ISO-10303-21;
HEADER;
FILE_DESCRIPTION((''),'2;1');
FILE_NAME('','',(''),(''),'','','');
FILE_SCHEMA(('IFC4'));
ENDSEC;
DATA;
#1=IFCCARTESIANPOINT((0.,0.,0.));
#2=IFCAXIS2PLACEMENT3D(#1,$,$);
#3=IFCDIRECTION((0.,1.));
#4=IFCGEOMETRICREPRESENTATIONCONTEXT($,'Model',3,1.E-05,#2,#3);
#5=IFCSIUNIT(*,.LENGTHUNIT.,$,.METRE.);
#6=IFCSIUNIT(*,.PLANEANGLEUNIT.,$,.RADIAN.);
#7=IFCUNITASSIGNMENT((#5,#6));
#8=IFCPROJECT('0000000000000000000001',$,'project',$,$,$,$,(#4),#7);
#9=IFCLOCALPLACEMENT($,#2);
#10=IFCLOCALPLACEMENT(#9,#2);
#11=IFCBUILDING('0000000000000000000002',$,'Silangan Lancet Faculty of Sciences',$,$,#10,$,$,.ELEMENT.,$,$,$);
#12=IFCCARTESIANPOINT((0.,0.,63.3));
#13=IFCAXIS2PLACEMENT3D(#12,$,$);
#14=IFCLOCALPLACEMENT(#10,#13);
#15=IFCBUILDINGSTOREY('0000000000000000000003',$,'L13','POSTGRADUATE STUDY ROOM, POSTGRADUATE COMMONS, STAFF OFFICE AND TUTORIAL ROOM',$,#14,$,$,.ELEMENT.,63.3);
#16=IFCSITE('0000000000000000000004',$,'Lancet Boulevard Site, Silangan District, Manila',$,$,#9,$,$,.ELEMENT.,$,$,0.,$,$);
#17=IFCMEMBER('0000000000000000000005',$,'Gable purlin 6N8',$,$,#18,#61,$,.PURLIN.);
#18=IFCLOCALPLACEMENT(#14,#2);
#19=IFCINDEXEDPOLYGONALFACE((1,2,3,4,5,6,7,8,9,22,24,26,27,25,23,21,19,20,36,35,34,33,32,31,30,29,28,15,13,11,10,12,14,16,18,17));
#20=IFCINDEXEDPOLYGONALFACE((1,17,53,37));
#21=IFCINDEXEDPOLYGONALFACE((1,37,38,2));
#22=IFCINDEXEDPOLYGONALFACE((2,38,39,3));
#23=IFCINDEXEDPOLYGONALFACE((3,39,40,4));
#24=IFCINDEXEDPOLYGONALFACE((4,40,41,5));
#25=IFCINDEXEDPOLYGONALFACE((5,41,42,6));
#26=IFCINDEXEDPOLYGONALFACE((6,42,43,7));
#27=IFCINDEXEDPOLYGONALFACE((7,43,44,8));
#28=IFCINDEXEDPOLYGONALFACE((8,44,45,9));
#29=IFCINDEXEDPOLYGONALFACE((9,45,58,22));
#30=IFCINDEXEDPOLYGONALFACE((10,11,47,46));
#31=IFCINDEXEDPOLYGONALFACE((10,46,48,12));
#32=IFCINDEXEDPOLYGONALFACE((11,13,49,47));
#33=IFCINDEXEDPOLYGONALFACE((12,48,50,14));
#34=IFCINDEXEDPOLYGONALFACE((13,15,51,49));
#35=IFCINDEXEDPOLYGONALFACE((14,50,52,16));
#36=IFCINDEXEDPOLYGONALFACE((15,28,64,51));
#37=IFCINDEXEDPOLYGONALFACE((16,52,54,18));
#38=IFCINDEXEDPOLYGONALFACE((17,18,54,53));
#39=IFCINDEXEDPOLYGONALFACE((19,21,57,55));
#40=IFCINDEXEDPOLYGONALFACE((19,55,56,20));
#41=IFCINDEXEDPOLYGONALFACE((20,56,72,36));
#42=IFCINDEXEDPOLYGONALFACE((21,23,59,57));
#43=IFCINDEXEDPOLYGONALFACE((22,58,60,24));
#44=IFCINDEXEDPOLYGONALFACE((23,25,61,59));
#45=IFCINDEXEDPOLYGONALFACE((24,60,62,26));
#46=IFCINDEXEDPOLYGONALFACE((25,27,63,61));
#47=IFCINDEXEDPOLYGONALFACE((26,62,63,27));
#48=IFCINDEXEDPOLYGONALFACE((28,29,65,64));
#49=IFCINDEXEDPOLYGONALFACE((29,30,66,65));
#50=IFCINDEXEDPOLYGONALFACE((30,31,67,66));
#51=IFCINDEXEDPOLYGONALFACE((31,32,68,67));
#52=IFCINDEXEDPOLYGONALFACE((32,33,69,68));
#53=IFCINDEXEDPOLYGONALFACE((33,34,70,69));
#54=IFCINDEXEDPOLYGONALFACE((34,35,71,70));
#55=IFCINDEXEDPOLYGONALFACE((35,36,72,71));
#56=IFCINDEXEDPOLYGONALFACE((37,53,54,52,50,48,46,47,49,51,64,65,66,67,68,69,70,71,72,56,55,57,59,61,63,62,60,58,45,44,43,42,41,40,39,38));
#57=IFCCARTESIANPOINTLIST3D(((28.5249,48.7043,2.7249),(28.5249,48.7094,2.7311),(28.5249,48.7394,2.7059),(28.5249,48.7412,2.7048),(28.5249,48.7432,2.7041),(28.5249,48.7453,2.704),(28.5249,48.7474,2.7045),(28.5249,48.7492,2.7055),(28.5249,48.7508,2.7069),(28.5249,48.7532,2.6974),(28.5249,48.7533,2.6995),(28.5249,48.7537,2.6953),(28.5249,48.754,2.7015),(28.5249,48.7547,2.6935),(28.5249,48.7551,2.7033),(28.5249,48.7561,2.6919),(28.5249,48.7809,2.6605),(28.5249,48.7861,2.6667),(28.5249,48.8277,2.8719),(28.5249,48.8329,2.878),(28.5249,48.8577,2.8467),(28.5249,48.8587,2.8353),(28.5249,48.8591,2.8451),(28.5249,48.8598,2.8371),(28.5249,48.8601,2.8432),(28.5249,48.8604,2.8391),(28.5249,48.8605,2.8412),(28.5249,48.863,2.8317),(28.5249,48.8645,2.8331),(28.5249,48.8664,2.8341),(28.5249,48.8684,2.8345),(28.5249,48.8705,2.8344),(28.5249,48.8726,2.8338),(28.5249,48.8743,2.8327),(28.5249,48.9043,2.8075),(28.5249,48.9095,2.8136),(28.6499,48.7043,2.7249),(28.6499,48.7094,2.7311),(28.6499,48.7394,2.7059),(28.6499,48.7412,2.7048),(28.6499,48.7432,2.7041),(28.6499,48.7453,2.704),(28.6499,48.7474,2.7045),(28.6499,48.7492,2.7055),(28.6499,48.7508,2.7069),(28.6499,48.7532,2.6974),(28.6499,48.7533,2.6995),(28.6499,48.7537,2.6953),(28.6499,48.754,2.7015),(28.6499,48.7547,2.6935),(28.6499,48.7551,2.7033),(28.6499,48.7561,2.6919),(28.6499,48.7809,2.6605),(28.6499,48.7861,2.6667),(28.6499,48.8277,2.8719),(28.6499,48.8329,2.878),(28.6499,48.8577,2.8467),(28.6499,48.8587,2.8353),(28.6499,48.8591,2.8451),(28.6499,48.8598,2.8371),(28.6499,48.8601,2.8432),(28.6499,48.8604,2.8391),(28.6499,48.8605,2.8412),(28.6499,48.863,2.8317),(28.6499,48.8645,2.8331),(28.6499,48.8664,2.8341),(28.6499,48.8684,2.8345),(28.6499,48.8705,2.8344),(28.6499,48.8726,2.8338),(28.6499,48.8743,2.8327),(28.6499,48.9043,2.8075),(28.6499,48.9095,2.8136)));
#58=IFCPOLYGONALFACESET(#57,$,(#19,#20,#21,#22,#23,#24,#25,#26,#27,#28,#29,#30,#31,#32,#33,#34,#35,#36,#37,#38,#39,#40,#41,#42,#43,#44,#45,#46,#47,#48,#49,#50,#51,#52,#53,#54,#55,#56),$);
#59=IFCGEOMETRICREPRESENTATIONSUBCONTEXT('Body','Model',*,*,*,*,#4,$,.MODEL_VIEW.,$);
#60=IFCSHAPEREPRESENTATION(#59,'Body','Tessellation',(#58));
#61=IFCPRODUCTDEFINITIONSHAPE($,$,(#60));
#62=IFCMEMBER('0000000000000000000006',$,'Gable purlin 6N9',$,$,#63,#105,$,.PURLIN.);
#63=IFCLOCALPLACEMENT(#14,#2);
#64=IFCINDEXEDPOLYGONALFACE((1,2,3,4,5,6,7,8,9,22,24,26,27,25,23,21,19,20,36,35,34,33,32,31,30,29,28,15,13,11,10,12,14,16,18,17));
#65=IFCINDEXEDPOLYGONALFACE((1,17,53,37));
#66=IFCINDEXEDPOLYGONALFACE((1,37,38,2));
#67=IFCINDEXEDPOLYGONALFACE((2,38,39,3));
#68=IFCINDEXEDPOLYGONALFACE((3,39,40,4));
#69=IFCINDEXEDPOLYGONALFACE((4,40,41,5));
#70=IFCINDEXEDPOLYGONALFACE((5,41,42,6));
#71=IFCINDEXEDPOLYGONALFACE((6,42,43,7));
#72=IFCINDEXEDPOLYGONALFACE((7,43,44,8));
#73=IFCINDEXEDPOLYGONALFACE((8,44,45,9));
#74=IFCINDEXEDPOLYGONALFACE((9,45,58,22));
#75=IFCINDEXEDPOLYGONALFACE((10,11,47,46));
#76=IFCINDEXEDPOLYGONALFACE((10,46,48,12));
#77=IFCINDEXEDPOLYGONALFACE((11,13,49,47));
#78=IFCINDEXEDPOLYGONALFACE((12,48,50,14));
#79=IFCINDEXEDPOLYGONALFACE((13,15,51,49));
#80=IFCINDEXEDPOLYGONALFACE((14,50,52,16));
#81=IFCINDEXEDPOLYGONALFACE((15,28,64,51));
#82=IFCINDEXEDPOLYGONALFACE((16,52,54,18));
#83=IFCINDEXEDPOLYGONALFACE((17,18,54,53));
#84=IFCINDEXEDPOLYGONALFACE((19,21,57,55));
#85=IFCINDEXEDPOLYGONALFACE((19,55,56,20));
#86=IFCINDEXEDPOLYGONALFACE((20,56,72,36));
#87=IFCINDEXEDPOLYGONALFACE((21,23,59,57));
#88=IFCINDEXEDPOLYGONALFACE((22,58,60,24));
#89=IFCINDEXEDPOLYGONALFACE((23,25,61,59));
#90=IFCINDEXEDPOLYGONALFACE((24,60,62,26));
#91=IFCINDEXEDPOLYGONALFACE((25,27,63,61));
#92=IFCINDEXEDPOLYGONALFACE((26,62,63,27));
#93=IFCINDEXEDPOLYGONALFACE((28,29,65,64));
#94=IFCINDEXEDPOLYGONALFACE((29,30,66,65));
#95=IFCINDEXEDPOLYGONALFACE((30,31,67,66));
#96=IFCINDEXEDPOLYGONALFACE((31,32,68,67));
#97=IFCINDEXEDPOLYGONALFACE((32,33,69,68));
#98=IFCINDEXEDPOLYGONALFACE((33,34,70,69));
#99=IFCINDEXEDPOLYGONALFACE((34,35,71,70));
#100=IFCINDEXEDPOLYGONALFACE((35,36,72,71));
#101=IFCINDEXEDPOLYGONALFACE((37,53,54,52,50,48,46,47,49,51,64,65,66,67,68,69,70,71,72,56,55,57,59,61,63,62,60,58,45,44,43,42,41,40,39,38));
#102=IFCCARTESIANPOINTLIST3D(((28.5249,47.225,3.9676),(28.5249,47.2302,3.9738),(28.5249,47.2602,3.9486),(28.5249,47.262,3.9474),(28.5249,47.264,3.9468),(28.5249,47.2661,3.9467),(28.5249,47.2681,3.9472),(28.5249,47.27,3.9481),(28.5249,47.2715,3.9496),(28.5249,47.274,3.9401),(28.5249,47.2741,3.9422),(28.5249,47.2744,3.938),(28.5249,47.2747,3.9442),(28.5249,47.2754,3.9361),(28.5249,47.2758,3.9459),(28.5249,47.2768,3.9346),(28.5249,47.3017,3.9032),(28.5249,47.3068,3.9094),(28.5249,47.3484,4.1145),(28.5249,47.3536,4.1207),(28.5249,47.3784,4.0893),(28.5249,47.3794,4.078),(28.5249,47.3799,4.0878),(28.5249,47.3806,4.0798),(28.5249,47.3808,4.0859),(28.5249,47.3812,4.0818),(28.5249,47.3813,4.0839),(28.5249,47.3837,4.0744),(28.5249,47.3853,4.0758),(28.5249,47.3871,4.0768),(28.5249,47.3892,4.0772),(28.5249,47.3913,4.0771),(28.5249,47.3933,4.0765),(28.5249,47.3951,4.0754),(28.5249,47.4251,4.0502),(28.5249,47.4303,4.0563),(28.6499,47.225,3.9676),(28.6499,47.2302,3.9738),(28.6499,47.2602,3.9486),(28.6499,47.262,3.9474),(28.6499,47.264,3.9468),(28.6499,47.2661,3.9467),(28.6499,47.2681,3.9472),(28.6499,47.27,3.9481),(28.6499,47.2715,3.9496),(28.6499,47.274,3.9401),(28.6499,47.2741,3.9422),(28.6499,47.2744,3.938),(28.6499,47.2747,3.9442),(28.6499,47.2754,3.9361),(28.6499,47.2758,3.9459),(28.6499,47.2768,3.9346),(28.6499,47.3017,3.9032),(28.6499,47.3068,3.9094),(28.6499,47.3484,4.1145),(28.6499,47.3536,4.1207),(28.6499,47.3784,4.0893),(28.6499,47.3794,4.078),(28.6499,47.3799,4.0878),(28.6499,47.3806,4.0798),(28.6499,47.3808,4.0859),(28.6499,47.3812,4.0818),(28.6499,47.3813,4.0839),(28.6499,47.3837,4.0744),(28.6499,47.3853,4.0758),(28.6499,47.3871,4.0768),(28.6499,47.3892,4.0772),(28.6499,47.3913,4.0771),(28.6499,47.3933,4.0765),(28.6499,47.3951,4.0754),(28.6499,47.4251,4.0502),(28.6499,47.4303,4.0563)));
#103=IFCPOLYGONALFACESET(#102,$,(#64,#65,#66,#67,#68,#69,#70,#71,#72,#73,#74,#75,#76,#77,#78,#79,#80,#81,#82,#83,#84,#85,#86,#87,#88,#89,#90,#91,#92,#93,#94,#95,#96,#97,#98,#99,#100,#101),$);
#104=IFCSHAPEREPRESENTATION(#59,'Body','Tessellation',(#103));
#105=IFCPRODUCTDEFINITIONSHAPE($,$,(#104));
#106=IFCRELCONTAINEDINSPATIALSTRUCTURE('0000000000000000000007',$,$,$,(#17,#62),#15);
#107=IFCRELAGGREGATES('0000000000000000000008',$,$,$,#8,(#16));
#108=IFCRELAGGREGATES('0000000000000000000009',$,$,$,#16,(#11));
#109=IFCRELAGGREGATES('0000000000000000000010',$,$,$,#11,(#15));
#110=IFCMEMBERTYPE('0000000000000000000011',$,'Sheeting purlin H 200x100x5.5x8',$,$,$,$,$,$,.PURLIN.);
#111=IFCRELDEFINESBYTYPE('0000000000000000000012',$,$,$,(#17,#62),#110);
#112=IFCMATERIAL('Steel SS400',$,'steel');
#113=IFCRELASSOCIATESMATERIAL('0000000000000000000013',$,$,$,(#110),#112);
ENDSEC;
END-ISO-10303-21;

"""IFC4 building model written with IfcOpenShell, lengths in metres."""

from ifc_helpers import new_model, si_unit, direction, frame, origin, origin_2d, place, context, subcontext, project, spatial, i_section, extrude, material, material_profile, profile_set, type_object, element, save


model = new_model("IFC4")

# Units and contexts
model_context = context("Model", 3, precision=1e-05, world=origin(), true_north=direction((0.0, 1.0)))
body_context = subcontext(model_context, "Body", "Model", "MODEL_VIEW")
ifc_project = project(units=[si_unit("LENGTHUNIT", "METRE"), si_unit("PLANEANGLEUNIT", "RADIAN")], contexts=[model_context])

# Site, building, storey
site_placement = place(None, origin())
site = spatial("IfcSite", under=ifc_project, at=site_placement, Name="Lancet Boulevard Site, Silangan District, Manila", CompositionType="ELEMENT", RefElevation=0.0)
building_placement = place(site_placement, origin())
building = spatial("IfcBuilding", under=site, at=building_placement, Name="Silangan Lancet Faculty of Sciences", CompositionType="ELEMENT")
storey_placement = place(building_placement, frame((0.0, 0.0, 63.3)))
storey = spatial("IfcBuildingStorey", under=building, at=storey_placement, Name="L13", Description="POSTGRADUATE STUDY ROOM, POSTGRADUATE COMMONS, STAFF OFFICE AND TUTORIAL ROOM", CompositionType="ELEMENT", Elevation=63.3)

# Members
ifc_material = material(Name="Steel SS400", Category="steel")
ifc_material_profile = material_profile(ifc_material, i_section(OverallWidth=0.1001, OverallDepth=0.2, WebThickness=0.0056, FlangeThickness=0.0081, FilletRadius=0.0081, at=origin_2d()), Name="H 200x100x5.5x8")
ifc_profile_set = profile_set([ifc_material_profile], Name="Steel SS400")
member_type = type_object("IfcMemberType", Name="Sheeting purlin H 200x100x5.5x8", PredefinedType="PURLIN", material=ifc_profile_set)
for number, where, z_axis, x_axis, name in (
    (1, (28.5249, 48.8069, 2.7693), (1.0, 0.0, 0.0), (0.0, 0.765705, -0.643192), "Gable purlin 6N8"),
    (2, (28.5249, 47.3276, 4.012), (1.0, 0.0, 0.0), (0.0, 0.765705, -0.643192), "Gable purlin 6N9"),
):
    element("IfcMember", number, at=place(storey_placement, frame(where, z_axis=z_axis, x_axis=x_axis)), inside=storey, type_object=member_type, Name=name, PredefinedType="PURLIN", context=body_context, shape_type="SweptSolid", body=[
        extrude(i_section(OverallWidth=0.1001, OverallDepth=0.2, WebThickness=0.0056, FlangeThickness=0.0081, FilletRadius=0.0081, at=origin_2d()), origin(), (0.0, 0.0, 1.0), 0.125),
    ])

save(model, "model.ifc")
